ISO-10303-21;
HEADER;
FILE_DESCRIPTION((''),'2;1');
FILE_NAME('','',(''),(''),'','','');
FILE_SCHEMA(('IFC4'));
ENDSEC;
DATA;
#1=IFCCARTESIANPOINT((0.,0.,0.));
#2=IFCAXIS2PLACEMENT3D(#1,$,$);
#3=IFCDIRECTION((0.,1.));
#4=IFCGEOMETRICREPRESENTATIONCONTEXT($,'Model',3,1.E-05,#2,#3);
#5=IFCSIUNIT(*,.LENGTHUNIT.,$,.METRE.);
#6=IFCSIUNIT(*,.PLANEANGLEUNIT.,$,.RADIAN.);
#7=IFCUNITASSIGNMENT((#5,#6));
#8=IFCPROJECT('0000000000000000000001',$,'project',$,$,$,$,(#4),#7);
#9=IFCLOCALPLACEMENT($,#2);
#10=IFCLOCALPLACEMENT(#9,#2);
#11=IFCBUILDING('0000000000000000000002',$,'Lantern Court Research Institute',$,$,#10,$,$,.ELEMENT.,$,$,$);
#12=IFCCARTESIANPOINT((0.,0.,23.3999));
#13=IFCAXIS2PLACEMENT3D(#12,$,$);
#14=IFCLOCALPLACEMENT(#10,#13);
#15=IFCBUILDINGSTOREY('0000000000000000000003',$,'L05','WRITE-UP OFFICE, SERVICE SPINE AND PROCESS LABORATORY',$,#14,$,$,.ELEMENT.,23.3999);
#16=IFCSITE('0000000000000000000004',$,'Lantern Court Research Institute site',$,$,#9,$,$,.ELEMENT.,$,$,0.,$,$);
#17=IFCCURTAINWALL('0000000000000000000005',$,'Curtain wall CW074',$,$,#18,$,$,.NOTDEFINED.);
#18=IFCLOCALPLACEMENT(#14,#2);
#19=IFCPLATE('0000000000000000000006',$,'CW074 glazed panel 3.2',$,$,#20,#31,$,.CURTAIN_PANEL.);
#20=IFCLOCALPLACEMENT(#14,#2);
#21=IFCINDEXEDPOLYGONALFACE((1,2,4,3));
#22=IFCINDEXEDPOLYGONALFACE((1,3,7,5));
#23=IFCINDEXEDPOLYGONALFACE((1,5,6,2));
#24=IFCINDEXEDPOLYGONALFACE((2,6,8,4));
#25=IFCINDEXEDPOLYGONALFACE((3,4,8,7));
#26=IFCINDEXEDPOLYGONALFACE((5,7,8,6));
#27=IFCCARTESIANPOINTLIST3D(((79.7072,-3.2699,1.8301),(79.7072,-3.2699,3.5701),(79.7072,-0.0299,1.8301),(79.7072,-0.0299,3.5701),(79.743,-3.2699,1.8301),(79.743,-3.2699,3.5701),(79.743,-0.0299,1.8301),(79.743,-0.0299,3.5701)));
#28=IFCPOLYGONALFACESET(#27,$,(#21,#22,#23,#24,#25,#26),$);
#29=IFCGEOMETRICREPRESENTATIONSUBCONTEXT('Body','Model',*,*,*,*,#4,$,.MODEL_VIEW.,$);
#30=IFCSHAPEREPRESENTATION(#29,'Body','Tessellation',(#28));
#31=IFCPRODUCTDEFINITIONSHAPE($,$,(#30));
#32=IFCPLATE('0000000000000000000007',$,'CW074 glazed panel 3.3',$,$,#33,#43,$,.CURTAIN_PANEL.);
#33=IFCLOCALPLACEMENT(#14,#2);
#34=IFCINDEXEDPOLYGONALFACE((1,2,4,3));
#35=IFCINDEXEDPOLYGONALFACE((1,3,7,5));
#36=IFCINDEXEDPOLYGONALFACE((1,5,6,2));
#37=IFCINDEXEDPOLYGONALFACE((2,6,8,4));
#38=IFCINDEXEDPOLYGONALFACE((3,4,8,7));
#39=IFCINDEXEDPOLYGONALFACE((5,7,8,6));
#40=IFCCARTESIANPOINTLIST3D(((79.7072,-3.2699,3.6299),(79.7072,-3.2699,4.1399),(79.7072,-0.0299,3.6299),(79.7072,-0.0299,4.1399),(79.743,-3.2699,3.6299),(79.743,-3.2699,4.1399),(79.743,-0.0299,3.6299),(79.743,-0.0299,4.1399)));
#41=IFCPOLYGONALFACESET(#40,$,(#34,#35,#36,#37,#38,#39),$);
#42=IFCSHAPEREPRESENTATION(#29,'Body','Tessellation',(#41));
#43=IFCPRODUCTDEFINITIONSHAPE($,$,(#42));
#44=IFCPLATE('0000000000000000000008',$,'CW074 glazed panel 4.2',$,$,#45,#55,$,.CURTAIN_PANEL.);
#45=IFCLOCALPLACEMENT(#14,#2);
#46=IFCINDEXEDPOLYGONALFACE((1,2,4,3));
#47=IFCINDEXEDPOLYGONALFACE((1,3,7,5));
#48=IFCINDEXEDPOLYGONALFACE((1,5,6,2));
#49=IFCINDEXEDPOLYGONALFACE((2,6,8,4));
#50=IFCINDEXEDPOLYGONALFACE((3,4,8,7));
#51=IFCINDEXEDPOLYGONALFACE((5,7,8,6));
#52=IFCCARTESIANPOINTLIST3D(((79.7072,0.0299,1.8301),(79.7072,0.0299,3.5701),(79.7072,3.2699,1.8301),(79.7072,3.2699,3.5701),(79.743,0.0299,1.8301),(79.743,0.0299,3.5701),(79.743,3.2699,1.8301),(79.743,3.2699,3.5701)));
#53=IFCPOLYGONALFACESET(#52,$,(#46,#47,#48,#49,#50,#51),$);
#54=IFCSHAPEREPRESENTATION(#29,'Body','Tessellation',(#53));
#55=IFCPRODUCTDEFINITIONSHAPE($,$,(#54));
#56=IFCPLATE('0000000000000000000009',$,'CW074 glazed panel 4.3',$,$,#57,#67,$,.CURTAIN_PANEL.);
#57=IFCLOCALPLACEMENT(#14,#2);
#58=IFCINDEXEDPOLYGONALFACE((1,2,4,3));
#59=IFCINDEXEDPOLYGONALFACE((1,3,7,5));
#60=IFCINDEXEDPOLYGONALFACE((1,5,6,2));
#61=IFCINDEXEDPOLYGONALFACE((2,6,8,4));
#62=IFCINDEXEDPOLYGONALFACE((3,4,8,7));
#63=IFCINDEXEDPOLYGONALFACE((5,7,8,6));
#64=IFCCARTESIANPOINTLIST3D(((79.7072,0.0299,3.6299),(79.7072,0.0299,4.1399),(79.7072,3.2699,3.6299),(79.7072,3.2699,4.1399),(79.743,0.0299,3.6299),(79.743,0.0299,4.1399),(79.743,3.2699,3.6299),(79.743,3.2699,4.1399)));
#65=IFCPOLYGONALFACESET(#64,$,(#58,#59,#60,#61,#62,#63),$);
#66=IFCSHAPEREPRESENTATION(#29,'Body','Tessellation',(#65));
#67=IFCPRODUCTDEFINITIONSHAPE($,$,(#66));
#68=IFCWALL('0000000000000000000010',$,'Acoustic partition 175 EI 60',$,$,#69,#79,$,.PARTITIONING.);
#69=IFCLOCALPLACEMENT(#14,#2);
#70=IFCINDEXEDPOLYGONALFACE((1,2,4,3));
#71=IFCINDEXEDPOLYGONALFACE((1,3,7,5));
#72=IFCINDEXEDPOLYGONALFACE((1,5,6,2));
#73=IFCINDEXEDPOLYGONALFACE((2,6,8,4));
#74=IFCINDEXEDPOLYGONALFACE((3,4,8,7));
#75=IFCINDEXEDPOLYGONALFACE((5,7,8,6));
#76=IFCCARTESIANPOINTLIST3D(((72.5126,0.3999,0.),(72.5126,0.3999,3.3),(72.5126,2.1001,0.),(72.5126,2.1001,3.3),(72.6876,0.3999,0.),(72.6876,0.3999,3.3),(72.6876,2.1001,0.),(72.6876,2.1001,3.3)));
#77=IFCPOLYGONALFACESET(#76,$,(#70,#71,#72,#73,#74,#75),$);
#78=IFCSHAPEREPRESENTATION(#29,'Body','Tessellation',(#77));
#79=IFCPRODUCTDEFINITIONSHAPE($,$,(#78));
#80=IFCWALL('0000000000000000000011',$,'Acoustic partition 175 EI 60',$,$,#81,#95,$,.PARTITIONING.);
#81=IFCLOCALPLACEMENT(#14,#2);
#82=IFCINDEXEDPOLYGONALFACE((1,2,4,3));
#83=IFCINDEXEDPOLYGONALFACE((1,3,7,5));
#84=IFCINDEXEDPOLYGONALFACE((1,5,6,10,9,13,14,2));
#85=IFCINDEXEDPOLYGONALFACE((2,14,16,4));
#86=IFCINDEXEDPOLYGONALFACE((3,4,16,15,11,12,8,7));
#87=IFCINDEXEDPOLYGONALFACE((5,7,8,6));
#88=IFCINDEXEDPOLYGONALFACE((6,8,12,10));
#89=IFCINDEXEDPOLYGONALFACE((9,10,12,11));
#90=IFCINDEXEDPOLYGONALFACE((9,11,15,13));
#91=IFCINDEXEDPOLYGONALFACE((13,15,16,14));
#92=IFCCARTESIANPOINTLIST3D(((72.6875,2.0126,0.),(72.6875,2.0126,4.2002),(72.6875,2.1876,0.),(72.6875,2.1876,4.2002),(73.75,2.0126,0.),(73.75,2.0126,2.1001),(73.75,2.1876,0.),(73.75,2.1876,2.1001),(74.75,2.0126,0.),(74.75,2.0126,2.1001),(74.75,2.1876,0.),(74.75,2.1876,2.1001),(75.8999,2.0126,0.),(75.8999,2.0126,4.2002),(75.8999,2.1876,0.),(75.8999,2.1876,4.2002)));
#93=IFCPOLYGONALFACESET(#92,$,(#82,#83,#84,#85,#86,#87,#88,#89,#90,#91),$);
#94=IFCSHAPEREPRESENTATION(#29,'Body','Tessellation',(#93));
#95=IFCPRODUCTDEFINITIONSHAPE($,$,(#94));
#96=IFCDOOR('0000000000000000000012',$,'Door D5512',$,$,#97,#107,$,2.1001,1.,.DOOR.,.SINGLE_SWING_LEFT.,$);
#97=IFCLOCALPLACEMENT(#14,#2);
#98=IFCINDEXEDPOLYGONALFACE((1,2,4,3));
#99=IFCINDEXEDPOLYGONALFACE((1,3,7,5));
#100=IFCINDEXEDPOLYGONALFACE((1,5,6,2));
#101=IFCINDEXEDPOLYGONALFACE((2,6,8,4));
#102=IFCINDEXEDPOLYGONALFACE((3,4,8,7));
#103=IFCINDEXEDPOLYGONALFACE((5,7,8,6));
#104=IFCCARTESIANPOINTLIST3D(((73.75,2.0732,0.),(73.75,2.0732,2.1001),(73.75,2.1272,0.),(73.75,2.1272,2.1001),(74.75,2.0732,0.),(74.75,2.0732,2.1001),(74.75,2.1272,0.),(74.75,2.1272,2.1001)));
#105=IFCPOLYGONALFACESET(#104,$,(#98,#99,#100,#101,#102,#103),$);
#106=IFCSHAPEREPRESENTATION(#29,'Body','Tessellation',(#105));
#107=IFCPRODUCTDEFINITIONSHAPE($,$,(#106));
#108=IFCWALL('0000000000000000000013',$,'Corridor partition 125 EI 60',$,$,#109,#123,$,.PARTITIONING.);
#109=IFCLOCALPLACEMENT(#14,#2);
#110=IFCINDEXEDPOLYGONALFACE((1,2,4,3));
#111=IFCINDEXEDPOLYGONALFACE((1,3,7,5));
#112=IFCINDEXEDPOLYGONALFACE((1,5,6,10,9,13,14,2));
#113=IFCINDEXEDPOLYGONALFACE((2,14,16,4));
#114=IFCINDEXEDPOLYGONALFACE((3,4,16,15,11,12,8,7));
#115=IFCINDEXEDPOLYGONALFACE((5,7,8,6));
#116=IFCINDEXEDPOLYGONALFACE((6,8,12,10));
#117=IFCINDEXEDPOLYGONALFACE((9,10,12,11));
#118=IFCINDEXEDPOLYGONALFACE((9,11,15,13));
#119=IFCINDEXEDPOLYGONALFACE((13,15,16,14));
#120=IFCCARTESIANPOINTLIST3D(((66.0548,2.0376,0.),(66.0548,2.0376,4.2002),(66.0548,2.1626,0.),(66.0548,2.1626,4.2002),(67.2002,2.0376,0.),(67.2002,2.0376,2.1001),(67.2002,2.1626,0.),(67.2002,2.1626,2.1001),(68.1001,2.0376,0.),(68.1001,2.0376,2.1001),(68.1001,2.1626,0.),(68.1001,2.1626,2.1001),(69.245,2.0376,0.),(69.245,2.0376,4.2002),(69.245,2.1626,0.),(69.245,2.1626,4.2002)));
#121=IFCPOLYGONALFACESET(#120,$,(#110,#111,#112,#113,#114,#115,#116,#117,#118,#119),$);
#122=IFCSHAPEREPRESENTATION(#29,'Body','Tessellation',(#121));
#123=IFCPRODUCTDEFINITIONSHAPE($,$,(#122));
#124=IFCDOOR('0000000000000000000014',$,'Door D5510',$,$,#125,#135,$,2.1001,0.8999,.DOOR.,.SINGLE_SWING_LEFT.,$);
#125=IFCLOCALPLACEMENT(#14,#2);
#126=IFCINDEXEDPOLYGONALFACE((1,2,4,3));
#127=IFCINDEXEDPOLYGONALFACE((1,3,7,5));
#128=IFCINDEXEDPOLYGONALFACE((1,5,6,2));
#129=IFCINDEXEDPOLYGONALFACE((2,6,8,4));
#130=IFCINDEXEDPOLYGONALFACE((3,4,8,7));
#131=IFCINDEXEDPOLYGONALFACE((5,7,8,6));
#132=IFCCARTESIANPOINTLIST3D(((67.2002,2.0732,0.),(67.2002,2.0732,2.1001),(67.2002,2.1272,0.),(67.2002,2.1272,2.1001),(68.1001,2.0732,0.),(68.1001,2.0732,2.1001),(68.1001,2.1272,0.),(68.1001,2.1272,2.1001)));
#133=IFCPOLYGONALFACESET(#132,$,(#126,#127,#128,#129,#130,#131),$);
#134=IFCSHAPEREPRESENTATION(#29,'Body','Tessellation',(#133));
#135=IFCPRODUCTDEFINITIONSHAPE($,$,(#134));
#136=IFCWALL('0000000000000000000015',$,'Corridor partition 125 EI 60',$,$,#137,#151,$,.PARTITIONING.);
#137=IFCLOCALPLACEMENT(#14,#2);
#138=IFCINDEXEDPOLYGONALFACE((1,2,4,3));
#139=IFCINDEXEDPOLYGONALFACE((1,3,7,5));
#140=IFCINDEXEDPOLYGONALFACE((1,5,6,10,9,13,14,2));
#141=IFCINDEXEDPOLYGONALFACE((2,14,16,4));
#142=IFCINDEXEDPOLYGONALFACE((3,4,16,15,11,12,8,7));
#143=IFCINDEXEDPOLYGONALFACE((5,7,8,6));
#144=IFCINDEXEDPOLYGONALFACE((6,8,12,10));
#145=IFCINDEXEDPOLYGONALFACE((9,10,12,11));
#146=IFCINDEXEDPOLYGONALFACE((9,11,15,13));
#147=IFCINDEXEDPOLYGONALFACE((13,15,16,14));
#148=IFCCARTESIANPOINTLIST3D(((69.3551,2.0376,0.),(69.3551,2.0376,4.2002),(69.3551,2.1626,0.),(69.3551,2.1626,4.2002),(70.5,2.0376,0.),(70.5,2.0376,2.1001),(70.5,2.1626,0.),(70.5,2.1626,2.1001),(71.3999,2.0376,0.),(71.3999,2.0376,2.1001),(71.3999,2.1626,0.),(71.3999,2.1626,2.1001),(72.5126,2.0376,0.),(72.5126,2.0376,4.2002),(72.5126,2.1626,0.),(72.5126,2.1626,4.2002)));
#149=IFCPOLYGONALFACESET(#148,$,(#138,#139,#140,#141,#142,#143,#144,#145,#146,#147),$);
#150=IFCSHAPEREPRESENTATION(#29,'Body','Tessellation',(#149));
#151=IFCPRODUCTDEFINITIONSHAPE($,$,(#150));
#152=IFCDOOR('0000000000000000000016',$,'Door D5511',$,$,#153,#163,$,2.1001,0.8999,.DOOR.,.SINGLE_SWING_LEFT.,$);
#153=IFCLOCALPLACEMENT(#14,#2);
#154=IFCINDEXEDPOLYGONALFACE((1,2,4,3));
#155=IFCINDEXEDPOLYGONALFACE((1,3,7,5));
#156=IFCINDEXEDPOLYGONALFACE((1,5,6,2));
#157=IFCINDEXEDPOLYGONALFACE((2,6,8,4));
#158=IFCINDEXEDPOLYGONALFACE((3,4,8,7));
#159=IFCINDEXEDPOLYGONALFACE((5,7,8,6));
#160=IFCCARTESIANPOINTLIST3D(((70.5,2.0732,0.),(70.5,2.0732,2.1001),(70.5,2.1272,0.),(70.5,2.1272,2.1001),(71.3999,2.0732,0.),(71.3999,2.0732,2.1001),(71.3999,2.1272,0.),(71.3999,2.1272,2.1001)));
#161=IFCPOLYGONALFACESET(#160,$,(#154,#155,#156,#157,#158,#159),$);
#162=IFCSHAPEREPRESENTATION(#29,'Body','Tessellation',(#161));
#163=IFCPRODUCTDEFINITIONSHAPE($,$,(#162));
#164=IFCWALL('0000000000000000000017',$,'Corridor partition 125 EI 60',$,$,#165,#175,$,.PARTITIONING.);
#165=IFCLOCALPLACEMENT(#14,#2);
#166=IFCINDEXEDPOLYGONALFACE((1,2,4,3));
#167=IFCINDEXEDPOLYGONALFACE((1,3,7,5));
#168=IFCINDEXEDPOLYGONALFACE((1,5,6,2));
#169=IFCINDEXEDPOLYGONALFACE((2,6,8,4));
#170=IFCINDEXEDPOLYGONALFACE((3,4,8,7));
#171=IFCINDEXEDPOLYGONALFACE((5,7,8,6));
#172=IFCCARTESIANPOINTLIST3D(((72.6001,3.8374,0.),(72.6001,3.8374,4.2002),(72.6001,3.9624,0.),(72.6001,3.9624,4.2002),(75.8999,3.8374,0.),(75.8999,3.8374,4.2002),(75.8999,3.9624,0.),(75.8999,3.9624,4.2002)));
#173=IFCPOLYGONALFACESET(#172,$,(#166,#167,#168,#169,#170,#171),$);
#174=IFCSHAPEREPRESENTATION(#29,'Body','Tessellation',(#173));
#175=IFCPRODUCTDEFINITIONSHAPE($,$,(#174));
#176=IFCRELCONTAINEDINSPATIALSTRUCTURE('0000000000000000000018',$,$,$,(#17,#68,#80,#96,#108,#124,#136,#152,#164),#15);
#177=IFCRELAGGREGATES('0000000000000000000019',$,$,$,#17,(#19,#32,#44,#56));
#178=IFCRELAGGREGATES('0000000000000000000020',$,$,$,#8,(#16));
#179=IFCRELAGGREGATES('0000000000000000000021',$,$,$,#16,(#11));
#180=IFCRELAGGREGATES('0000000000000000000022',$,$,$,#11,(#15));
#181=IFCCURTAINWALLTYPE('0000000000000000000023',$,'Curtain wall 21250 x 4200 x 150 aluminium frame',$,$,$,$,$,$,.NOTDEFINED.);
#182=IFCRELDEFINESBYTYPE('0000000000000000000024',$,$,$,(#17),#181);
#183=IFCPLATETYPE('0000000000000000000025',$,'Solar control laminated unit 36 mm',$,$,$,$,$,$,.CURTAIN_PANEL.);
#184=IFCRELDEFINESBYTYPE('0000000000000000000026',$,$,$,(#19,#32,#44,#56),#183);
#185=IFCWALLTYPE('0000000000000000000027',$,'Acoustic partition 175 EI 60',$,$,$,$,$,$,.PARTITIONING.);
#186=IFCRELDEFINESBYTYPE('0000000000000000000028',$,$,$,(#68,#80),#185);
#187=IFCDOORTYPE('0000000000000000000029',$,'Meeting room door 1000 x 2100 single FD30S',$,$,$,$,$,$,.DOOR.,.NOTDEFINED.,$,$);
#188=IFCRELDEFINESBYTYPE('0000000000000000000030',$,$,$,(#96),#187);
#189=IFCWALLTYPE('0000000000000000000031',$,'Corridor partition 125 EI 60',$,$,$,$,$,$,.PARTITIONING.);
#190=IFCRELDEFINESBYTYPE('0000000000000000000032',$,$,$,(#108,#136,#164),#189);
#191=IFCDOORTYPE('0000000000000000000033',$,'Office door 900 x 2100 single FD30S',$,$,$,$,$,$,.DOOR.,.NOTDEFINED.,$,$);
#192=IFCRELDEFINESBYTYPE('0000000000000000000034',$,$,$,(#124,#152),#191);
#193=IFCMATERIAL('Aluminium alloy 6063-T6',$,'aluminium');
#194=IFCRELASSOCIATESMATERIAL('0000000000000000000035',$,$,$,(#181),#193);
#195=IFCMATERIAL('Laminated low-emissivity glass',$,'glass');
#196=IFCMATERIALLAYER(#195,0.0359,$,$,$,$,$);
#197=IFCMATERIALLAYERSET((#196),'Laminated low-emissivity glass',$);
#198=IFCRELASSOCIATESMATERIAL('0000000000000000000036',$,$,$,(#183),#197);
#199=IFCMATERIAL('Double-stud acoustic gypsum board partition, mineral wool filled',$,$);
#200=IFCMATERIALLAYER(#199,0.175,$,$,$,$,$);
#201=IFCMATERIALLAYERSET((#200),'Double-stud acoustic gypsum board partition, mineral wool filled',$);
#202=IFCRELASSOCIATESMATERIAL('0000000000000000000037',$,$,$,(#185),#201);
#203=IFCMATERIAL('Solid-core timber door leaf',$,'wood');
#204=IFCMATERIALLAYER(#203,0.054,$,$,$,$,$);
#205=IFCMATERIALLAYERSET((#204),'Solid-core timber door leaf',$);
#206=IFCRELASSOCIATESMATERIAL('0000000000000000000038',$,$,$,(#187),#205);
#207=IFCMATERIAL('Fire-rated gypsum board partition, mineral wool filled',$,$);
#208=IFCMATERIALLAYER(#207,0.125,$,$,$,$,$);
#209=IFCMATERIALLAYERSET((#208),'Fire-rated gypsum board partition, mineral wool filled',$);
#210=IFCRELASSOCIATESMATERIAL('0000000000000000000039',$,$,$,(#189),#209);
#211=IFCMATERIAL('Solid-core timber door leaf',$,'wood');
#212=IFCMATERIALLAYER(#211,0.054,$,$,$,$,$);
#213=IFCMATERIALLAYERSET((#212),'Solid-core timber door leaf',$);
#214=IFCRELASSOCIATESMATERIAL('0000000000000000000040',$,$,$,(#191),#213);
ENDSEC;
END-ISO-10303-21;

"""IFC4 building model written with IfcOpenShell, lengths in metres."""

from ifc_helpers import new_model, si_unit, direction, frame, frame_2d, origin, origin_2d, place, context, subcontext, project, spatial, rectangle, extrude, material, layer, layer_set, type_object, element, fill, aggregate, save


model = new_model("IFC4")

# Units and contexts
model_context = context("Model", 3, precision=1e-05, world=origin(), true_north=direction((0.0, 1.0)))
body_context = subcontext(model_context, "Body", "Model", "MODEL_VIEW")
ifc_project = project(units=[si_unit("LENGTHUNIT", "METRE"), si_unit("PLANEANGLEUNIT", "RADIAN")], contexts=[model_context])

# Site, building, storey
site_placement = place(None, origin())
site = spatial("IfcSite", under=ifc_project, at=site_placement, Name="Lantern Court Research Institute site", CompositionType="ELEMENT", RefElevation=0.0)
building_placement = place(site_placement, origin())
building = spatial("IfcBuilding", under=site, at=building_placement, Name="Lantern Court Research Institute", CompositionType="ELEMENT")
storey_placement = place(building_placement, frame((0.0, 0.0, 23.3999)))
storey = spatial("IfcBuildingStorey", under=building, at=storey_placement, Name="L05", Description="WRITE-UP OFFICE, SERVICE SPINE AND PROCESS LABORATORY", CompositionType="ELEMENT", Elevation=23.3999)

# Curtain wall
ifc_material_1 = material(Name="Aluminium alloy 6063-T6", Category="aluminium")
curtain_wall_type = type_object("IfcCurtainWallType", Name="Curtain wall 21250 x 4200 x 150 aluminium frame", PredefinedType="NOTDEFINED", material=ifc_material_1)
curtain_wall_placement = place(storey_placement, origin())
curtain_wall = element("IfcCurtainWall", 1, at=curtain_wall_placement, inside=storey, type_object=curtain_wall_type, Name="Curtain wall CW074", PredefinedType="NOTDEFINED")

# Plates
ifc_material_2 = material(Name="Laminated low-emissivity glass", Category="glass")
ifc_layer_1 = layer(ifc_material_2, 0.0359)
ifc_layer_set_1 = layer_set([ifc_layer_1], Name="Laminated low-emissivity glass")
plate_type_1 = type_object("IfcPlateType", Name="Solar control laminated unit 36 mm", PredefinedType="CURTAIN_PANEL", material=ifc_layer_set_1)
plate_1_placement = place(storey_placement, frame((79.7251, -1.6499, 1.8301), z_axis=(0.0, 0.0, 1.0), x_axis=(0.0, -1.0, 0.0)))
plate_1 = element("IfcPlate", 2, at=plate_1_placement, type_object=plate_type_1, Name="CW074 glazed panel 3.2", PredefinedType="CURTAIN_PANEL", context=body_context, shape_type="SweptSolid", body=[
    extrude(rectangle(XDim=3.24, YDim=0.0359, at=origin_2d()), origin(), (0.0, 0.0, 1.0), 1.74),
])
plate_2_placement = place(storey_placement, frame((79.7251, -1.6499, 3.6299), z_axis=(0.0, 0.0, 1.0), x_axis=(0.0, -1.0, 0.0)))
plate_2 = element("IfcPlate", 3, at=plate_2_placement, type_object=plate_type_1, Name="CW074 glazed panel 3.3", PredefinedType="CURTAIN_PANEL", context=body_context, shape_type="SweptSolid", body=[
    extrude(rectangle(XDim=3.24, YDim=0.0359, at=origin_2d()), origin(), (0.0, 0.0, 1.0), 0.51),
])
plate_3_placement = place(storey_placement, frame((79.7251, 1.6499, 1.8301), z_axis=(0.0, 0.0, 1.0), x_axis=(0.0, -1.0, 0.0)))
plate_3 = element("IfcPlate", 4, at=plate_3_placement, type_object=plate_type_1, Name="CW074 glazed panel 4.2", PredefinedType="CURTAIN_PANEL", context=body_context, shape_type="SweptSolid", body=[
    extrude(rectangle(XDim=3.24, YDim=0.0359, at=origin_2d()), origin(), (0.0, 0.0, 1.0), 1.74),
])
plate_4_placement = place(storey_placement, frame((79.7251, 1.6499, 3.6299), z_axis=(0.0, 0.0, 1.0), x_axis=(0.0, -1.0, 0.0)))
plate_4 = element("IfcPlate", 5, at=plate_4_placement, type_object=plate_type_1, Name="CW074 glazed panel 4.3", PredefinedType="CURTAIN_PANEL", context=body_context, shape_type="SweptSolid", body=[
    extrude(rectangle(XDim=3.24, YDim=0.0359, at=origin_2d()), origin(), (0.0, 0.0, 1.0), 0.51),
])
aggregate(curtain_wall, [plate_1, plate_2, plate_3, plate_4])

# Wall
ifc_material_3 = material(Name="Double-stud acoustic gypsum board partition, mineral wool filled")
ifc_layer_2 = layer(ifc_material_3, 0.175)
ifc_layer_set_2 = layer_set([ifc_layer_2], Name="Double-stud acoustic gypsum board partition, mineral wool filled")
wall_type_1 = type_object("IfcWallType", Name="Acoustic partition 175 EI 60", PredefinedType="PARTITIONING", material=ifc_layer_set_2)
wall_1_placement = place(storey_placement, frame((72.6001, 0.3999, 0.0), z_axis=(0.0, 0.0, 1.0), x_axis=(0.0, 1.0, 0.0)))
element("IfcWall", 6, at=wall_1_placement, inside=storey, type_object=wall_type_1, Name="Acoustic partition 175 EI 60", PredefinedType="PARTITIONING", context=body_context, shape_type="SweptSolid", body=[
    extrude(rectangle(XDim=1.7002, YDim=0.175, at=frame_2d((0.8501, 0.0))), origin(), (0.0, 0.0, 1.0), 3.3),
])

# Walls, openings, doors
wall_2_placement = place(storey_placement, frame((75.8999, 2.1001, 0.0), z_axis=(0.0, 0.0, 1.0), x_axis=(-1.0, 0.0, 0.0)))
wall_2 = element("IfcWall", 7, at=wall_2_placement, inside=storey, type_object=wall_type_1, Name="Acoustic partition 175 EI 60", PredefinedType="PARTITIONING", context=body_context, shape_type="SweptSolid", body=[
    extrude(rectangle(XDim=3.2124, YDim=0.175, at=frame_2d((1.6062, 0.0))), origin(), (0.0, 0.0, 1.0), 4.2002),
])
opening_1_placement = place(wall_2_placement, frame((1.1499, 0.0, 0.0)))
opening_1 = element("IfcOpeningElement", 8, at=opening_1_placement, cuts=wall_2, PredefinedType="OPENING", context=body_context, shape_type="SweptSolid", body=[
    extrude(rectangle(XDim=1.0, YDim=2.1001, at=frame_2d((0.5, 1.05))), frame((0.0, 0.0974, 0.0), z_axis=(0.0, -1.0, 0.0), x_axis=(1.0, 0.0, 0.0)), (0.0, 0.0, 1.0), 0.1951),
])
ifc_material_4 = material(Name="Solid-core timber door leaf", Category="wood")
ifc_layer_3 = layer(ifc_material_4, 0.054)
ifc_layer_set_3 = layer_set([ifc_layer_3], Name="Solid-core timber door leaf")
door_type_1 = type_object("IfcDoorType", Name="Meeting room door 1000 x 2100 single FD30S", OperationType="NOTDEFINED", PredefinedType="DOOR", material=ifc_layer_set_3)
door_1_placement = place(opening_1_placement, origin())
door_1 = element("IfcDoor", 9, at=door_1_placement, inside=storey, type_object=door_type_1, Name="Door D5512", OperationType="SINGLE_SWING_LEFT", OverallHeight=2.1001, OverallWidth=1.0, PredefinedType="DOOR", context=body_context, shape_type="SweptSolid", body=[
    extrude(rectangle(XDim=1.0, YDim=2.1001, at=frame_2d((0.5, 1.05))), frame((0.0, 0.0269, 0.0), z_axis=(0.0, -1.0, 0.0), x_axis=(1.0, 0.0, 0.0)), (0.0, 0.0, 1.0), 0.054),
])
fill(opening_1, door_1)
ifc_material_5 = material(Name="Fire-rated gypsum board partition, mineral wool filled")
ifc_layer_4 = layer(ifc_material_5, 0.125)
ifc_layer_set_4 = layer_set([ifc_layer_4], Name="Fire-rated gypsum board partition, mineral wool filled")
wall_type_2 = type_object("IfcWallType", Name="Corridor partition 125 EI 60", PredefinedType="PARTITIONING", material=ifc_layer_set_4)
wall_3_placement = place(storey_placement, frame((69.2451, 2.1001, 0.0), z_axis=(0.0, 0.0, 1.0), x_axis=(-1.0, 0.0, 0.0)))
wall_3 = element("IfcWall", 10, at=wall_3_placement, inside=storey, type_object=wall_type_2, Name="Corridor partition 125 EI 60", PredefinedType="PARTITIONING", context=body_context, shape_type="SweptSolid", body=[
    extrude(rectangle(XDim=3.1902, YDim=0.125, at=frame_2d((1.5952, 0.0))), origin(), (0.0, 0.0, 1.0), 4.2002),
])
opening_2_placement = place(wall_3_placement, frame((1.145, 0.0, 0.0)))
opening_2 = element("IfcOpeningElement", 11, at=opening_2_placement, cuts=wall_3, PredefinedType="OPENING", context=body_context, shape_type="SweptSolid", body=[
    extrude(rectangle(XDim=0.8999, YDim=2.1001, at=frame_2d((0.45, 1.05))), frame((0.0, 0.0725, 0.0), z_axis=(0.0, -1.0, 0.0), x_axis=(1.0, 0.0, 0.0)), (0.0, 0.0, 1.0), 0.145),
])
ifc_material_6 = material(Name="Solid-core timber door leaf", Category="wood")
ifc_layer_5 = layer(ifc_material_6, 0.054)
ifc_layer_set_5 = layer_set([ifc_layer_5], Name="Solid-core timber door leaf")
door_type_2 = type_object("IfcDoorType", Name="Office door 900 x 2100 single FD30S", OperationType="NOTDEFINED", PredefinedType="DOOR", material=ifc_layer_set_5)
door_2_placement = place(opening_2_placement, origin())
door_2 = element("IfcDoor", 12, at=door_2_placement, inside=storey, type_object=door_type_2, Name="Door D5510", OperationType="SINGLE_SWING_LEFT", OverallHeight=2.1001, OverallWidth=0.8999, PredefinedType="DOOR", context=body_context, shape_type="SweptSolid", body=[
    extrude(rectangle(XDim=0.8999, YDim=2.1001, at=frame_2d((0.45, 1.05))), frame((0.0, 0.0269, 0.0), z_axis=(0.0, -1.0, 0.0), x_axis=(1.0, 0.0, 0.0)), (0.0, 0.0, 1.0), 0.054),
])
fill(opening_2, door_2)
wall_4_placement = place(storey_placement, frame((72.5125, 2.1001, 0.0), z_axis=(0.0, 0.0, 1.0), x_axis=(-1.0, 0.0, 0.0)))
wall_4 = element("IfcWall", 13, at=wall_4_placement, inside=storey, type_object=wall_type_2, Name="Corridor partition 125 EI 60", PredefinedType="PARTITIONING", context=body_context, shape_type="SweptSolid", body=[
    extrude(rectangle(XDim=3.1575, YDim=0.125, at=frame_2d((1.5786, 0.0))), origin(), (0.0, 0.0, 1.0), 4.2002),
])
opening_3_placement = place(wall_4_placement, frame((1.1125, 0.0, 0.0)))
opening_3 = element("IfcOpeningElement", 14, at=opening_3_placement, cuts=wall_4, PredefinedType="OPENING", context=body_context, shape_type="SweptSolid", body=[
    extrude(rectangle(XDim=0.8999, YDim=2.1001, at=frame_2d((0.45, 1.05))), frame((0.0, 0.0725, 0.0), z_axis=(0.0, -1.0, 0.0), x_axis=(1.0, 0.0, 0.0)), (0.0, 0.0, 1.0), 0.145),
])
door_3_placement = place(opening_3_placement, origin())
door_3 = element("IfcDoor", 15, at=door_3_placement, inside=storey, type_object=door_type_2, Name="Door D5511", OperationType="SINGLE_SWING_LEFT", OverallHeight=2.1001, OverallWidth=0.8999, PredefinedType="DOOR", context=body_context, shape_type="SweptSolid", body=[
    extrude(rectangle(XDim=0.8999, YDim=2.1001, at=frame_2d((0.45, 1.05))), frame((0.0, 0.0269, 0.0), z_axis=(0.0, -1.0, 0.0), x_axis=(1.0, 0.0, 0.0)), (0.0, 0.0, 1.0), 0.054),
])
fill(opening_3, door_3)

# Wall
wall_5_placement = place(storey_placement, frame((75.8999, 3.8999, 0.0), z_axis=(0.0, 0.0, 1.0), x_axis=(-1.0, 0.0, 0.0)))
element("IfcWall", 16, at=wall_5_placement, inside=storey, type_object=wall_type_2, Name="Corridor partition 125 EI 60", PredefinedType="PARTITIONING", context=body_context, shape_type="SweptSolid", body=[
    extrude(rectangle(XDim=3.2998, YDim=0.125, at=frame_2d((1.6499, 0.0))), origin(), (0.0, 0.0, 1.0), 4.2002),
])

save(model, "model.ifc")
